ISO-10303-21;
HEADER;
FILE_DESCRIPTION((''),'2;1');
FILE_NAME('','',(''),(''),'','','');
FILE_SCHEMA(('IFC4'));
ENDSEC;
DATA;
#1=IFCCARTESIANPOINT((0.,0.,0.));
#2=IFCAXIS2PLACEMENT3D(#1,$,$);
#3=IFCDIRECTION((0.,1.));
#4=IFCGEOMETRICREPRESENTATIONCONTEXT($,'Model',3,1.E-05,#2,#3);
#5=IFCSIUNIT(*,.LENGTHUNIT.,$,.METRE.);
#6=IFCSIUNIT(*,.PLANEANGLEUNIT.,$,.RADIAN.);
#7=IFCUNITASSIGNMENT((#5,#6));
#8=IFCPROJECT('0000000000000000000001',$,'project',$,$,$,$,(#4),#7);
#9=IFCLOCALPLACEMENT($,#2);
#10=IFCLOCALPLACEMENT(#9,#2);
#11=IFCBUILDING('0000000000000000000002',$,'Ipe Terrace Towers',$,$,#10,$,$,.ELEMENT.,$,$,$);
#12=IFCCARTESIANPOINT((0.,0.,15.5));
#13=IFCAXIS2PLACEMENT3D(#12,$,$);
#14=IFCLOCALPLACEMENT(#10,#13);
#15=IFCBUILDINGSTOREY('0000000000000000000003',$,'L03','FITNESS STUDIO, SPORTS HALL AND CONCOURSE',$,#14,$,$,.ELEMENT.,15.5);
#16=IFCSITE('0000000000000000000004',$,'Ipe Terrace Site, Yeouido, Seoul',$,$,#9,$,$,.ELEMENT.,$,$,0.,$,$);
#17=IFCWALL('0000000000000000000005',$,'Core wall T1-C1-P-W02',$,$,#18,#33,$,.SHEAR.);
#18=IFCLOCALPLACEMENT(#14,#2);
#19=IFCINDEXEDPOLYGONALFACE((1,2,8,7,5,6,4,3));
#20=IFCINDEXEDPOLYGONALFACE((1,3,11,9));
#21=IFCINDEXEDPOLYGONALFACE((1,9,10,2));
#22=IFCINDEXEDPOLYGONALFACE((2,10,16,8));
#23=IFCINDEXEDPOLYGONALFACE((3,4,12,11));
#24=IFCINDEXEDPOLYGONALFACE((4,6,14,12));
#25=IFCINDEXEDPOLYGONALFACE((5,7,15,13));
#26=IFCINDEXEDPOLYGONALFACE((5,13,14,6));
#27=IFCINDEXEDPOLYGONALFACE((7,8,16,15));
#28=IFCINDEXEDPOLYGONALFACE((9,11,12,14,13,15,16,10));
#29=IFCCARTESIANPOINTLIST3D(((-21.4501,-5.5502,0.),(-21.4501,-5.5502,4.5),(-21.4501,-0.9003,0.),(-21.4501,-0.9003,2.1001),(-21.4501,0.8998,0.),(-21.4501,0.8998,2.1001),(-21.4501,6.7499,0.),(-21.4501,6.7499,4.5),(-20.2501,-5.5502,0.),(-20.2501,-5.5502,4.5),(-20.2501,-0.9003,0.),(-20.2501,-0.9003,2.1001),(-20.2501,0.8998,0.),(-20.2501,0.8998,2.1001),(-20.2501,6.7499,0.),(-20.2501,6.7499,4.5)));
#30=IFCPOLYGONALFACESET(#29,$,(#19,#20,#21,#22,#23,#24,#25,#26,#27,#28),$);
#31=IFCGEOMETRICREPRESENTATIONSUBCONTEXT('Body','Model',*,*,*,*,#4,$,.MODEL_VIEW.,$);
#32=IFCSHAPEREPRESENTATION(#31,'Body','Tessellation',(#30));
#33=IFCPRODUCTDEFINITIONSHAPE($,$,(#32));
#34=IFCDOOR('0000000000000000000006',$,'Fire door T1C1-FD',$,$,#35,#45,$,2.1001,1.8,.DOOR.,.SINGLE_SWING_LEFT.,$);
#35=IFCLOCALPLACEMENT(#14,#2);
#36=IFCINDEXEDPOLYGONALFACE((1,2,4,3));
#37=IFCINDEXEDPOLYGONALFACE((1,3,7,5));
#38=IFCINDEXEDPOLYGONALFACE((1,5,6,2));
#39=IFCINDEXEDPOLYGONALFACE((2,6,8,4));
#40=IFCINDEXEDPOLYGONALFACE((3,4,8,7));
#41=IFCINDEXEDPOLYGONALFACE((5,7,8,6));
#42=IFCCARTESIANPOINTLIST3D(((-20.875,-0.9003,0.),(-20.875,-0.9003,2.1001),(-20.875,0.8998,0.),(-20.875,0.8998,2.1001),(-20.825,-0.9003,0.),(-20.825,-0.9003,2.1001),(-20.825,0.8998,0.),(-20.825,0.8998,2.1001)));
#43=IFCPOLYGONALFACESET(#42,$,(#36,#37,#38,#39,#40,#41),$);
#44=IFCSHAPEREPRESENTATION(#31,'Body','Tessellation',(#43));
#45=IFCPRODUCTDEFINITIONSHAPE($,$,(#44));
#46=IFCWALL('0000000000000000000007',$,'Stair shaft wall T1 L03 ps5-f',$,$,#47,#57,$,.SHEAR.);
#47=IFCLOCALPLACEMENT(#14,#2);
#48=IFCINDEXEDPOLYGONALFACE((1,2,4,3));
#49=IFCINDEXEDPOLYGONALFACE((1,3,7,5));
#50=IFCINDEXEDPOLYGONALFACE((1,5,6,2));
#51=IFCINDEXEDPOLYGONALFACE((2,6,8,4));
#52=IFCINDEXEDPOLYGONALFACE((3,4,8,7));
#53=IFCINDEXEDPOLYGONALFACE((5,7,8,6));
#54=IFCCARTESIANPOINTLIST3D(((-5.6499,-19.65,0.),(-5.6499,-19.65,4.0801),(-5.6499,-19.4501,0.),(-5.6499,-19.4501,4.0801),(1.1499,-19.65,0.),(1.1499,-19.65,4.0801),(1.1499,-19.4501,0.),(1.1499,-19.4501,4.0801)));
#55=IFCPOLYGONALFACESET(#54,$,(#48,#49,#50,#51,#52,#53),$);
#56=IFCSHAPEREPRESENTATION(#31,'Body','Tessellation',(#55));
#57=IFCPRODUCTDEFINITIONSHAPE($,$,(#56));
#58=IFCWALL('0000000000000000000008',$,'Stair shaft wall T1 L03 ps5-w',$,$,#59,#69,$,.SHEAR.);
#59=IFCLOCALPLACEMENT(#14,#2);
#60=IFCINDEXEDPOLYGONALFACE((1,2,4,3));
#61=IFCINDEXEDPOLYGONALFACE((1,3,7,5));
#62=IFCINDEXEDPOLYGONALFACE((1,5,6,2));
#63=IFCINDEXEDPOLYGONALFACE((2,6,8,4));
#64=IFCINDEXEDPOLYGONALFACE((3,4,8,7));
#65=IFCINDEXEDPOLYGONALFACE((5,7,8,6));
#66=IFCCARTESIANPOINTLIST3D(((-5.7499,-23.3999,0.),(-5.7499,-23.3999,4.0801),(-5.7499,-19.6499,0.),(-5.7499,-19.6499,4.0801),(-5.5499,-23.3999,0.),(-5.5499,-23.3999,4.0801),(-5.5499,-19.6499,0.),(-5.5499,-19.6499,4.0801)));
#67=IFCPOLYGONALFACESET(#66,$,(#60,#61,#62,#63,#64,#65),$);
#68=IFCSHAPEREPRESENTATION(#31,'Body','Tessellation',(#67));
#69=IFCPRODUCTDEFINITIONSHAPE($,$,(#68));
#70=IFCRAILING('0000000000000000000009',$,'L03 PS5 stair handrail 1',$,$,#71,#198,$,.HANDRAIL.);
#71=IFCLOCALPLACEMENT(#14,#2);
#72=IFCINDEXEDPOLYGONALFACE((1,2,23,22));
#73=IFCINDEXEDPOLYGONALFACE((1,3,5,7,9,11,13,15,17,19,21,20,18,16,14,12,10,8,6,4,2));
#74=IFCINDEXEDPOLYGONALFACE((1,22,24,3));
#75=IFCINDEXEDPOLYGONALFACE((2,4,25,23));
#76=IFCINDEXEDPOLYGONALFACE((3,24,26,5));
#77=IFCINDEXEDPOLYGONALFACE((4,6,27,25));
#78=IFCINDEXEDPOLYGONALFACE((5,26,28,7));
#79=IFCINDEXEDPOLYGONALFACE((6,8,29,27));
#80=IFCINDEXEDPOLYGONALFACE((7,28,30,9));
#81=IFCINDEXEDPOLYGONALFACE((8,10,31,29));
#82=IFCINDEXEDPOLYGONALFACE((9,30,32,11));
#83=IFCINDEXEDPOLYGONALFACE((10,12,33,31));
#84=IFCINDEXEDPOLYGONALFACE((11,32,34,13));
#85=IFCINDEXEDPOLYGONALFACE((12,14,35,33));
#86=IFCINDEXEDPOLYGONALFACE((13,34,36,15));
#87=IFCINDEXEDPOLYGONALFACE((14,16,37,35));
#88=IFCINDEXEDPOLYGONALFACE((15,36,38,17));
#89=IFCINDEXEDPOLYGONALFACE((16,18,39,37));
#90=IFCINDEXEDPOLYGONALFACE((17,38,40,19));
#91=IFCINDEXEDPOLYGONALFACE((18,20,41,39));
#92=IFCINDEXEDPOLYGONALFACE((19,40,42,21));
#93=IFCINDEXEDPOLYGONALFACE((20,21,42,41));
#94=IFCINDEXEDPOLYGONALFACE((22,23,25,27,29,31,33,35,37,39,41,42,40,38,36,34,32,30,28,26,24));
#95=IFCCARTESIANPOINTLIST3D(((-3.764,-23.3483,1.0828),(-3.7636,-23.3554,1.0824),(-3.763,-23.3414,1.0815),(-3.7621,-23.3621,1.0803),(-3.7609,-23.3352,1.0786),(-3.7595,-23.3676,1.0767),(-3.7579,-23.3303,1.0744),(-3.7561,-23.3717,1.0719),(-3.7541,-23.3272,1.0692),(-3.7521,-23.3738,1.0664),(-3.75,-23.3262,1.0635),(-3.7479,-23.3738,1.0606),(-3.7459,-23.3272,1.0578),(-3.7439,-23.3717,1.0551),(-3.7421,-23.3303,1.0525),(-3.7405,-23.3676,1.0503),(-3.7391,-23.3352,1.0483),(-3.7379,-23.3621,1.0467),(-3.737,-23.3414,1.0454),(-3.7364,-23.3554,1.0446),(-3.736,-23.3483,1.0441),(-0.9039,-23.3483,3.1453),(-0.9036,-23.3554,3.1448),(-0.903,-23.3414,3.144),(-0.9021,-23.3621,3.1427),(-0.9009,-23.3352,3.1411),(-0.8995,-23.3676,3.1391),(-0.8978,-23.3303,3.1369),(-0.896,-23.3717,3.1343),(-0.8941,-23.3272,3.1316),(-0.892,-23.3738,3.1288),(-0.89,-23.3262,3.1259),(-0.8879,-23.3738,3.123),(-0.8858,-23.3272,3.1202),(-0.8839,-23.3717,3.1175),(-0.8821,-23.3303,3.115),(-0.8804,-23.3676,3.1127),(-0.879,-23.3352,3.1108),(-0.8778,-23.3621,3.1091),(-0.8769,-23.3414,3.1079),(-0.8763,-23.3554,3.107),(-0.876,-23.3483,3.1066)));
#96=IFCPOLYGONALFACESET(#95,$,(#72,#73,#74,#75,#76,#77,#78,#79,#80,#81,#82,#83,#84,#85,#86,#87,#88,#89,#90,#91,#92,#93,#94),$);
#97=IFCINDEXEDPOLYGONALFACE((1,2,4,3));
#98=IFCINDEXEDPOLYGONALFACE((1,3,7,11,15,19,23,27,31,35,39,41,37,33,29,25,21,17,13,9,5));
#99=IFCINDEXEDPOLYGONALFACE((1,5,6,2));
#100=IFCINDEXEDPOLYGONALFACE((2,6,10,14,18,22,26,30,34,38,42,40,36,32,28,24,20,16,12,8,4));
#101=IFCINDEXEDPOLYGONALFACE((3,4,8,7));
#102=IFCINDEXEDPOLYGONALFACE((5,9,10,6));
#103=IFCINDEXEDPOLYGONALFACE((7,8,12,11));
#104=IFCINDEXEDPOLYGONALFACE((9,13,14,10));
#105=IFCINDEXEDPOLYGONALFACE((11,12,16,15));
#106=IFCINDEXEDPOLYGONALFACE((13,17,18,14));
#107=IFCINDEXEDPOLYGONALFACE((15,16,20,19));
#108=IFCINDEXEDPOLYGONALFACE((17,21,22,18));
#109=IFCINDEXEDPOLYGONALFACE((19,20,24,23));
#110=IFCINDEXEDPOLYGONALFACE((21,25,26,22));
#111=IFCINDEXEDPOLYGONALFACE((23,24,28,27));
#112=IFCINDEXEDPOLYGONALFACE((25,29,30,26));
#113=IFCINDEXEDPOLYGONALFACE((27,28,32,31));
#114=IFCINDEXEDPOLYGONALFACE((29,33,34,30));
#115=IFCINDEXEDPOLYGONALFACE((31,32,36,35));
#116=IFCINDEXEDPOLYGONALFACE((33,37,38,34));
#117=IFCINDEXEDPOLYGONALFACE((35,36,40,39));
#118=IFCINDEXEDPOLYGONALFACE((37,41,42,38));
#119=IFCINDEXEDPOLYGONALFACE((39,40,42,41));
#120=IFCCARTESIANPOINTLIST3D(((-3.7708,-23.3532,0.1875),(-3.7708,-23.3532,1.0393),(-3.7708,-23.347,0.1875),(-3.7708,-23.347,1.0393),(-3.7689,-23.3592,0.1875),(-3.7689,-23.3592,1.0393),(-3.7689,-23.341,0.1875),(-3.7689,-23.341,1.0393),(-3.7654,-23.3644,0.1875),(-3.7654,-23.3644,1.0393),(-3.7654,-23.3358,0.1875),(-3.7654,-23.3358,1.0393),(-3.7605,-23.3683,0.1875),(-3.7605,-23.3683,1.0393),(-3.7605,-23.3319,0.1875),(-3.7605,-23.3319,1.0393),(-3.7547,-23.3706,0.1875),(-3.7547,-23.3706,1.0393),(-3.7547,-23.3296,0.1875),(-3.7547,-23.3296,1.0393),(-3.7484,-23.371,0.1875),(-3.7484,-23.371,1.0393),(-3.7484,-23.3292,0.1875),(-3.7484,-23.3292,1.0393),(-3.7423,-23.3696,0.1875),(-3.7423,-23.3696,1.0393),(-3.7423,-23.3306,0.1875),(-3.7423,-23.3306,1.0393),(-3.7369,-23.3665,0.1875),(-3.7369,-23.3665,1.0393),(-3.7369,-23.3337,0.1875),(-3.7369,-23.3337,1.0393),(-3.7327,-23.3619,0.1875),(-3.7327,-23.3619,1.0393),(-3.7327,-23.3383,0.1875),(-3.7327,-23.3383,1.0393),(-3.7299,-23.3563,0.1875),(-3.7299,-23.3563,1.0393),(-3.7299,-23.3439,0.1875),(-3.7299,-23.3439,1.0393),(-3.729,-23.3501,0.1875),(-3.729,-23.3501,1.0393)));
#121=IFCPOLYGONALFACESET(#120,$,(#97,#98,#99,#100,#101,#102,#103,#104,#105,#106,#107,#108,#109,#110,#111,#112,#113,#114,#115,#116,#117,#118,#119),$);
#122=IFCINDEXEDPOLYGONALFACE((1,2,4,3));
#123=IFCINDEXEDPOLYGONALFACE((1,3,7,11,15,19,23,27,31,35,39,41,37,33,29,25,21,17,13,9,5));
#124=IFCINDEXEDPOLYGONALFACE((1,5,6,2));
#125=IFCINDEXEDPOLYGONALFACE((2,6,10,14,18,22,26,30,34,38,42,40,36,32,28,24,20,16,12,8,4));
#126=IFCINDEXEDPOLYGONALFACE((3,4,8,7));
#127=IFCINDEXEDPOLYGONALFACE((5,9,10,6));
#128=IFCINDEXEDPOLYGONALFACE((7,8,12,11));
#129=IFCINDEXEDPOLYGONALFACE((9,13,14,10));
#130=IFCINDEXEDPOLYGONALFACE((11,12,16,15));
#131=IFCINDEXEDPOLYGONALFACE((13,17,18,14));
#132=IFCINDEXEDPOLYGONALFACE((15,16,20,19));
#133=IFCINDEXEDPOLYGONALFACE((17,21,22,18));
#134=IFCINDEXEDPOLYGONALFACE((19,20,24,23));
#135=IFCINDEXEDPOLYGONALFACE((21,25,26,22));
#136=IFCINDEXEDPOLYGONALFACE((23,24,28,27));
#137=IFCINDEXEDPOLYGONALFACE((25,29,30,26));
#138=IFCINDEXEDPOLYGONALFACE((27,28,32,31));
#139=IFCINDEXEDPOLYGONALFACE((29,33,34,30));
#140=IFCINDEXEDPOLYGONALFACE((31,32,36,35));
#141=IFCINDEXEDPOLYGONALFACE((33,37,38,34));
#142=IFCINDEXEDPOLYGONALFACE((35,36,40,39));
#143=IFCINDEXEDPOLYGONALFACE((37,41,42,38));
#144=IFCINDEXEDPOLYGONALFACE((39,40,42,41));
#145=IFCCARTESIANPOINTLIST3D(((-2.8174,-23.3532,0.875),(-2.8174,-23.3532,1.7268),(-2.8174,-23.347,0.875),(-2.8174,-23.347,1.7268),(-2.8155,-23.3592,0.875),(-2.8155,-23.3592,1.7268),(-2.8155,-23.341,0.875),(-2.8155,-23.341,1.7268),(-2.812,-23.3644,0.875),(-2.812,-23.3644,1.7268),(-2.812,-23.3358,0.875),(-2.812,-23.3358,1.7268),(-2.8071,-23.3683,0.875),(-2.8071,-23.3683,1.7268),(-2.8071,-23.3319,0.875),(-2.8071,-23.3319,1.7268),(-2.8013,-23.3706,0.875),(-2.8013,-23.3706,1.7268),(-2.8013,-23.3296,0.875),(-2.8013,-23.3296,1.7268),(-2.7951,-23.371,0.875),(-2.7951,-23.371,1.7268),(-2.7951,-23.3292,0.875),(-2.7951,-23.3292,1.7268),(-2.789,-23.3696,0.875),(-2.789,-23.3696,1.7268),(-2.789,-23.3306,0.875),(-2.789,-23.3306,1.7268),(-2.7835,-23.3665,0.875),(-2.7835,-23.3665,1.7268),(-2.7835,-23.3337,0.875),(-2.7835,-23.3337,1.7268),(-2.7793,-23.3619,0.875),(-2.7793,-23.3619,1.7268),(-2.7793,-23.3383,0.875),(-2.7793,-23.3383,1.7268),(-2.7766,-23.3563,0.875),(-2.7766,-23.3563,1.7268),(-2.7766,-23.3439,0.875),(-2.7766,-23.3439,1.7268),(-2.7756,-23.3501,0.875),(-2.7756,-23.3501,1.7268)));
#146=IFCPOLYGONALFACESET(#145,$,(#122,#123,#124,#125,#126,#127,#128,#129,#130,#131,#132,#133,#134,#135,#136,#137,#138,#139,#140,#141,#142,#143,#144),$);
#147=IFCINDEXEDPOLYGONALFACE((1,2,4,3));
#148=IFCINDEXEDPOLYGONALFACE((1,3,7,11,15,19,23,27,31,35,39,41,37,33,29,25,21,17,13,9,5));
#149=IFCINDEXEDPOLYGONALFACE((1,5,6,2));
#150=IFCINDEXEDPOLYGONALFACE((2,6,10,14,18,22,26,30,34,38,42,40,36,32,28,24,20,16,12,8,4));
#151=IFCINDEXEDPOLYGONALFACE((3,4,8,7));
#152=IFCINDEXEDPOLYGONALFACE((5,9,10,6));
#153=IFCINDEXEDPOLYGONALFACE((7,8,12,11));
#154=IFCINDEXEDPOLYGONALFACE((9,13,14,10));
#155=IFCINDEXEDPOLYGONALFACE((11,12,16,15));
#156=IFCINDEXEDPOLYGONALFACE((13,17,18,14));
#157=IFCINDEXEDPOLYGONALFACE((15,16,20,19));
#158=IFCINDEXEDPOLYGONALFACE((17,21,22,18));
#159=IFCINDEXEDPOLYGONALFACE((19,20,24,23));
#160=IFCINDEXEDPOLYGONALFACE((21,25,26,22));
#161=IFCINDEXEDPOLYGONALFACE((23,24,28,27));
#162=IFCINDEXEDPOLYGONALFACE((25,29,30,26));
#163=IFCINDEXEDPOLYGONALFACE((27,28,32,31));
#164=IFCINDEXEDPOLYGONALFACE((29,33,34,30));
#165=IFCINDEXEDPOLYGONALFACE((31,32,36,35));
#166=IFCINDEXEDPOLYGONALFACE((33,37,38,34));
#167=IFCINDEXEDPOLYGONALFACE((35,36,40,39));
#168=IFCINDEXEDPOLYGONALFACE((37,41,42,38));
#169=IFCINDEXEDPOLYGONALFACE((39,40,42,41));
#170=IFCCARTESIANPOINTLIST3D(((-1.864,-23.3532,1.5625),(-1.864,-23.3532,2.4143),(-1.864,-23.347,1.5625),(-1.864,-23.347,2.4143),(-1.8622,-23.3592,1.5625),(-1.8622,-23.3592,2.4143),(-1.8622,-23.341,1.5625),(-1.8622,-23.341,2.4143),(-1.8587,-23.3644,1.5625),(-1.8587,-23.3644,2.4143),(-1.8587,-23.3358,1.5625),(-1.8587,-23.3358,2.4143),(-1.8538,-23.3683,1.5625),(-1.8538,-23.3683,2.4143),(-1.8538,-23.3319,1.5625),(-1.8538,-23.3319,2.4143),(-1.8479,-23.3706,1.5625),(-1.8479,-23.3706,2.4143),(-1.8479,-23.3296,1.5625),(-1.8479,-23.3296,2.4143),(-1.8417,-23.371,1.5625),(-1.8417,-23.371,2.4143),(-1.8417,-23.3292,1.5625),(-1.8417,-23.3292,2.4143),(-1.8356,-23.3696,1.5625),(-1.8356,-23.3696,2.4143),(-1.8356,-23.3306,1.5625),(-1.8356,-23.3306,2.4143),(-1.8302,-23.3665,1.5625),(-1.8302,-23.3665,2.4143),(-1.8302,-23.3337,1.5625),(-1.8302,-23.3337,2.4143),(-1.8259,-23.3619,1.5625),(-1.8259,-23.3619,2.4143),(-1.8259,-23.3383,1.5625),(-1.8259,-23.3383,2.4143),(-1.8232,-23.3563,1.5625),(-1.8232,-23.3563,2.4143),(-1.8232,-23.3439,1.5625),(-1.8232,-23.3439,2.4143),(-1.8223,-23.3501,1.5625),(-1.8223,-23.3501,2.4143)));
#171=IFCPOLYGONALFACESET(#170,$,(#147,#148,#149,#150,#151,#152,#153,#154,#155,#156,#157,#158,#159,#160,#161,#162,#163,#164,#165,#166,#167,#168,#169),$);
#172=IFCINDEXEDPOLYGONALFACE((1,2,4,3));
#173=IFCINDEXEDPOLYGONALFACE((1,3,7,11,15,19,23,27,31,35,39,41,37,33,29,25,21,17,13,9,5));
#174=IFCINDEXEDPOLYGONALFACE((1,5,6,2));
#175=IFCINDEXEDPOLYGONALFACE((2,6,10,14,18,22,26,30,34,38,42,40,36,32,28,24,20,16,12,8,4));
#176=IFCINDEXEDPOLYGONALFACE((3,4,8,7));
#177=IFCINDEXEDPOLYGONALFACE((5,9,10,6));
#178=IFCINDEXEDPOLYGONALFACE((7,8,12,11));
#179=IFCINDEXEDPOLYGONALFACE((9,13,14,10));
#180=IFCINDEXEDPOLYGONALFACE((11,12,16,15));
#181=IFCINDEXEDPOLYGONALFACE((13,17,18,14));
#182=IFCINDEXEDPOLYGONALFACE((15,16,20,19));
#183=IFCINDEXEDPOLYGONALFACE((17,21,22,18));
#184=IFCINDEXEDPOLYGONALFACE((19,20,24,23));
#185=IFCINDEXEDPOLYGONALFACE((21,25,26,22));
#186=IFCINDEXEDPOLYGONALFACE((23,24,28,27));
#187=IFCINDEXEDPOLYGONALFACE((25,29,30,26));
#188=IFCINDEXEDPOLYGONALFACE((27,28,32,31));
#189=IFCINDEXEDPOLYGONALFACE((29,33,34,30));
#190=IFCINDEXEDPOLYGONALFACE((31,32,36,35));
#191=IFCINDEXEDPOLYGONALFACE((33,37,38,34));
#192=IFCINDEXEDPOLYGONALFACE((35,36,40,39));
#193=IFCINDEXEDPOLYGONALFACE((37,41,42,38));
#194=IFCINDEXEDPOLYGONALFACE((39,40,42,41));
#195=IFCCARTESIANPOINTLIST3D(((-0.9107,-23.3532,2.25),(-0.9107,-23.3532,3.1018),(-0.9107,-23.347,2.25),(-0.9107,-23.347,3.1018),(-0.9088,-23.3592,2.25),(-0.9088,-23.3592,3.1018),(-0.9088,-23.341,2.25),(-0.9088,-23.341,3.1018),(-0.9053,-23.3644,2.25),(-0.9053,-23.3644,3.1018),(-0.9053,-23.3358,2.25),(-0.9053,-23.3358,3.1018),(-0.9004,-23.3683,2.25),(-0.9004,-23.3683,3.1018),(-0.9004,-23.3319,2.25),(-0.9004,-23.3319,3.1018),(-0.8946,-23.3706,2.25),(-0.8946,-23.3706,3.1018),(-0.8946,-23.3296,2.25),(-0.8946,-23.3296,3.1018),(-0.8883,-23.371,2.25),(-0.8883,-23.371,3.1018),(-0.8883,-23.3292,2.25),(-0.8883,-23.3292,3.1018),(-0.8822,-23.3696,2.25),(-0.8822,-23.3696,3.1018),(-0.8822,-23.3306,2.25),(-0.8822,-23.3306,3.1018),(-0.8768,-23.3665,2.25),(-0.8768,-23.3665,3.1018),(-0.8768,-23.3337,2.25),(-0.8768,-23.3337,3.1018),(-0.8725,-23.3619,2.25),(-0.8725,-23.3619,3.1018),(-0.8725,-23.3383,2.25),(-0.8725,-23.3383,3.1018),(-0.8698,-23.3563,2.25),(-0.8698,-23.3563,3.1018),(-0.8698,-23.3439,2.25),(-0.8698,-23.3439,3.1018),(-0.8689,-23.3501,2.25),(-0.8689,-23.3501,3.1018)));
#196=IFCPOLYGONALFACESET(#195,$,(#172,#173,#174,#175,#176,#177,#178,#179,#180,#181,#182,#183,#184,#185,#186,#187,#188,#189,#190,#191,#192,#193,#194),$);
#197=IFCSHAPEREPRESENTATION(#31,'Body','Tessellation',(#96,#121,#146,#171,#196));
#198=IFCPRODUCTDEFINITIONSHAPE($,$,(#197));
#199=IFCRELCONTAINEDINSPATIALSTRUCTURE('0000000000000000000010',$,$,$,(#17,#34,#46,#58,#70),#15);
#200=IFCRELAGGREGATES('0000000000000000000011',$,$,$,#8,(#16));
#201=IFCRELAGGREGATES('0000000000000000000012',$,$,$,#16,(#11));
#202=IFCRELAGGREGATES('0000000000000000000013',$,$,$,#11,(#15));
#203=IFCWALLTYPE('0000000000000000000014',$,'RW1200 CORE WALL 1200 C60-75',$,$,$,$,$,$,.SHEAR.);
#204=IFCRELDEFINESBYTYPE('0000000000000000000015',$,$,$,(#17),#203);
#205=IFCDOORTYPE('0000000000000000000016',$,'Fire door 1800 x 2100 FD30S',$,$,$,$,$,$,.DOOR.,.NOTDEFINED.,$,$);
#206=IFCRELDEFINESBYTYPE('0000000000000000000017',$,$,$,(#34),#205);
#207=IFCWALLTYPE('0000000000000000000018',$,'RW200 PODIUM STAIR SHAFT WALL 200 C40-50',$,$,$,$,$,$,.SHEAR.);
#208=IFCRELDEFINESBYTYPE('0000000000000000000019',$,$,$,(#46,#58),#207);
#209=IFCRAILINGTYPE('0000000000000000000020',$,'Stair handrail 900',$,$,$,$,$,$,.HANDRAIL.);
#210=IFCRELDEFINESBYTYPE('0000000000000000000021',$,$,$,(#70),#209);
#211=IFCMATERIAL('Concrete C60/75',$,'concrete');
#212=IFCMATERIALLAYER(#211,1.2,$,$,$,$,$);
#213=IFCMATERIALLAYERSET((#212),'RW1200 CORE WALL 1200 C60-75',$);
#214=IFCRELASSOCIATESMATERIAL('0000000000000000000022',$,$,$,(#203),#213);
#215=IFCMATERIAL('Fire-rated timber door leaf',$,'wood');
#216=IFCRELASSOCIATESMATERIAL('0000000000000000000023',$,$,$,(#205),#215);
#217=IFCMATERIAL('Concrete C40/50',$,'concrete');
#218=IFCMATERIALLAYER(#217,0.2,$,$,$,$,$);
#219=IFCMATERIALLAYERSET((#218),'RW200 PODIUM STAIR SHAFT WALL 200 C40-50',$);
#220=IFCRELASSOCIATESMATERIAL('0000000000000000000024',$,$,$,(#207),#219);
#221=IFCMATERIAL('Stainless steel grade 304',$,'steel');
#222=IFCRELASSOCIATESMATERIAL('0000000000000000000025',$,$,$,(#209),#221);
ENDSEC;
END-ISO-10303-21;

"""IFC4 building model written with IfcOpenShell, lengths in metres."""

from ifc_helpers import new_model, si_unit, direction, frame, frame_2d, origin, origin_2d, place, context, subcontext, project, spatial, rectangle, circle, extrude, material, layer, layer_set, type_object, element, fill, save


model = new_model("IFC4")

# Units and contexts
model_context = context("Model", 3, precision=1e-05, world=origin(), true_north=direction((0.0, 1.0)))
body_context = subcontext(model_context, "Body", "Model", "MODEL_VIEW")
ifc_project = project(units=[si_unit("LENGTHUNIT", "METRE"), si_unit("PLANEANGLEUNIT", "RADIAN")], contexts=[model_context])

# Site, building, storey
site_placement = place(None, origin())
site = spatial("IfcSite", under=ifc_project, at=site_placement, Name="Ipe Terrace Site, Yeouido, Seoul", CompositionType="ELEMENT", RefElevation=0.0)
building_placement = place(site_placement, origin())
building = spatial("IfcBuilding", under=site, at=building_placement, Name="Ipe Terrace Towers", CompositionType="ELEMENT")
storey_placement = place(building_placement, frame((0.0, 0.0, 15.5)))
storey = spatial("IfcBuildingStorey", under=building, at=storey_placement, Name="L03", Description="FITNESS STUDIO, SPORTS HALL AND CONCOURSE", CompositionType="ELEMENT", Elevation=15.5)

# Wall, opening, door
ifc_material_1 = material(Name="Concrete C60/75", Category="concrete")
ifc_layer_1 = layer(ifc_material_1, 1.2)
ifc_layer_set_1 = layer_set([ifc_layer_1], Name="RW1200 CORE WALL 1200 C60-75")
wall_type_1 = type_object("IfcWallType", Name="RW1200 CORE WALL 1200 C60-75", PredefinedType="SHEAR", material=ifc_layer_set_1)
wall_1_placement = place(storey_placement, frame((-20.8501, -5.55, 0.0), z_axis=(0.0, 0.0, 1.0), x_axis=(0.0, 1.0, 0.0)))
wall_1 = element("IfcWall", 1, at=wall_1_placement, inside=storey, type_object=wall_type_1, Name="Core wall T1-C1-P-W02", PredefinedType="SHEAR", context=body_context, shape_type="SweptSolid", body=[
    extrude(rectangle(XDim=12.3, YDim=1.2, at=frame_2d((6.1499, 0.0))), origin(), (0.0, 0.0, 1.0), 4.5),
])
opening_1_placement = place(wall_1_placement, frame((4.6499, 0.0, 0.0)))
opening_1 = element("IfcOpeningElement", 2, at=opening_1_placement, cuts=wall_1, PredefinedType="OPENING", context=body_context, shape_type="SweptSolid", body=[
    extrude(rectangle(XDim=1.8, YDim=2.1001, at=frame_2d((0.8999, 1.05))), frame((0.0, 0.6099, 0.0), z_axis=(0.0, -1.0, 0.0), x_axis=(1.0, 0.0, 0.0)), (0.0, 0.0, 1.0), 1.22),
])
ifc_material_2 = material(Name="Fire-rated timber door leaf", Category="wood")
door_type_1 = type_object("IfcDoorType", Name="Fire door 1800 x 2100 FD30S", OperationType="NOTDEFINED", PredefinedType="DOOR", material=ifc_material_2)
door_1_placement = place(opening_1_placement, origin())
door_1 = element("IfcDoor", 3, at=door_1_placement, inside=storey, type_object=door_type_1, Name="Fire door T1C1-FD", OperationType="SINGLE_SWING_LEFT", OverallHeight=2.1001, OverallWidth=1.8, PredefinedType="DOOR", context=body_context, shape_type="SweptSolid", body=[
    extrude(rectangle(XDim=1.8, YDim=2.1001, at=frame_2d((0.8999, 1.05))), frame((0.0, 0.0249, 0.0), z_axis=(0.0, -1.0, 0.0), x_axis=(1.0, 0.0, 0.0)), (0.0, 0.0, 1.0), 0.05),
])
fill(opening_1, door_1)

# Walls
ifc_material_3 = material(Name="Concrete C40/50", Category="concrete")
ifc_layer_2 = layer(ifc_material_3, 0.2)
ifc_layer_set_2 = layer_set([ifc_layer_2], Name="RW200 PODIUM STAIR SHAFT WALL 200 C40-50")
wall_type_2 = type_object("IfcWallType", Name="RW200 PODIUM STAIR SHAFT WALL 200 C40-50", PredefinedType="SHEAR", material=ifc_layer_set_2)
wall_2_placement = place(storey_placement, frame((-5.6499, -19.55, 0.0), z_axis=(0.0, 0.0, 1.0), x_axis=(1.0, 0.0, 0.0)))
element("IfcWall", 4, at=wall_2_placement, inside=storey, type_object=wall_type_2, Name="Stair shaft wall T1 L03 ps5-f", PredefinedType="SHEAR", context=body_context, shape_type="SweptSolid", body=[
    extrude(rectangle(XDim=6.7998, YDim=0.2, at=frame_2d((3.3999, 0.0))), origin(), (0.0, 0.0, 1.0), 4.0801),
])
wall_3_placement = place(storey_placement, frame((-5.6499, -23.3999, 0.0), z_axis=(0.0, 0.0, 1.0), x_axis=(0.0, 1.0, 0.0)))
element("IfcWall", 5, at=wall_3_placement, inside=storey, type_object=wall_type_2, Name="Stair shaft wall T1 L03 ps5-w", PredefinedType="SHEAR", context=body_context, shape_type="SweptSolid", body=[
    extrude(rectangle(XDim=3.75, YDim=0.2, at=frame_2d((1.875, 0.0))), origin(), (0.0, 0.0, 1.0), 4.0801),
])

# Railing
ifc_material_4 = material(Name="Stainless steel grade 304", Category="steel")
railing_type_1 = type_object("IfcRailingType", Name="Stair handrail 900", PredefinedType="HANDRAIL", material=ifc_material_4)
railing_1_placement = place(storey_placement, frame((-3.75, -23.3501, 0.1875)))
element("IfcRailing", 6, at=railing_1_placement, inside=storey, type_object=railing_type_1, Name="L03 PS5 stair handrail 1", PredefinedType="HANDRAIL", context=body_context, shape_type="SweptSolid", body=[
    extrude(circle(Radius=0.0239, at=origin_2d()), frame((0.0, 0.0, 0.876), z_axis=(0.811101, 0.0, 0.584906), x_axis=(0.0, 1.0, 0.0)), (0.0, 0.0, 1.0), 3.5261),
    extrude(circle(Radius=0.021, at=origin_2d()), origin(), (0.0, 0.0, 1.0), 0.8518),
    extrude(circle(Radius=0.021, at=origin_2d()), frame((0.9534, 0.0, 0.6875)), (0.0, 0.0, 1.0), 0.8518),
    extrude(circle(Radius=0.021, at=origin_2d()), frame((1.9067, 0.0, 1.375)), (0.0, 0.0, 1.0), 0.8518),
    extrude(circle(Radius=0.021, at=origin_2d()), frame((2.8601, 0.0, 2.0625)), (0.0, 0.0, 1.0), 0.8518),
])

save(model, "model.ifc")
